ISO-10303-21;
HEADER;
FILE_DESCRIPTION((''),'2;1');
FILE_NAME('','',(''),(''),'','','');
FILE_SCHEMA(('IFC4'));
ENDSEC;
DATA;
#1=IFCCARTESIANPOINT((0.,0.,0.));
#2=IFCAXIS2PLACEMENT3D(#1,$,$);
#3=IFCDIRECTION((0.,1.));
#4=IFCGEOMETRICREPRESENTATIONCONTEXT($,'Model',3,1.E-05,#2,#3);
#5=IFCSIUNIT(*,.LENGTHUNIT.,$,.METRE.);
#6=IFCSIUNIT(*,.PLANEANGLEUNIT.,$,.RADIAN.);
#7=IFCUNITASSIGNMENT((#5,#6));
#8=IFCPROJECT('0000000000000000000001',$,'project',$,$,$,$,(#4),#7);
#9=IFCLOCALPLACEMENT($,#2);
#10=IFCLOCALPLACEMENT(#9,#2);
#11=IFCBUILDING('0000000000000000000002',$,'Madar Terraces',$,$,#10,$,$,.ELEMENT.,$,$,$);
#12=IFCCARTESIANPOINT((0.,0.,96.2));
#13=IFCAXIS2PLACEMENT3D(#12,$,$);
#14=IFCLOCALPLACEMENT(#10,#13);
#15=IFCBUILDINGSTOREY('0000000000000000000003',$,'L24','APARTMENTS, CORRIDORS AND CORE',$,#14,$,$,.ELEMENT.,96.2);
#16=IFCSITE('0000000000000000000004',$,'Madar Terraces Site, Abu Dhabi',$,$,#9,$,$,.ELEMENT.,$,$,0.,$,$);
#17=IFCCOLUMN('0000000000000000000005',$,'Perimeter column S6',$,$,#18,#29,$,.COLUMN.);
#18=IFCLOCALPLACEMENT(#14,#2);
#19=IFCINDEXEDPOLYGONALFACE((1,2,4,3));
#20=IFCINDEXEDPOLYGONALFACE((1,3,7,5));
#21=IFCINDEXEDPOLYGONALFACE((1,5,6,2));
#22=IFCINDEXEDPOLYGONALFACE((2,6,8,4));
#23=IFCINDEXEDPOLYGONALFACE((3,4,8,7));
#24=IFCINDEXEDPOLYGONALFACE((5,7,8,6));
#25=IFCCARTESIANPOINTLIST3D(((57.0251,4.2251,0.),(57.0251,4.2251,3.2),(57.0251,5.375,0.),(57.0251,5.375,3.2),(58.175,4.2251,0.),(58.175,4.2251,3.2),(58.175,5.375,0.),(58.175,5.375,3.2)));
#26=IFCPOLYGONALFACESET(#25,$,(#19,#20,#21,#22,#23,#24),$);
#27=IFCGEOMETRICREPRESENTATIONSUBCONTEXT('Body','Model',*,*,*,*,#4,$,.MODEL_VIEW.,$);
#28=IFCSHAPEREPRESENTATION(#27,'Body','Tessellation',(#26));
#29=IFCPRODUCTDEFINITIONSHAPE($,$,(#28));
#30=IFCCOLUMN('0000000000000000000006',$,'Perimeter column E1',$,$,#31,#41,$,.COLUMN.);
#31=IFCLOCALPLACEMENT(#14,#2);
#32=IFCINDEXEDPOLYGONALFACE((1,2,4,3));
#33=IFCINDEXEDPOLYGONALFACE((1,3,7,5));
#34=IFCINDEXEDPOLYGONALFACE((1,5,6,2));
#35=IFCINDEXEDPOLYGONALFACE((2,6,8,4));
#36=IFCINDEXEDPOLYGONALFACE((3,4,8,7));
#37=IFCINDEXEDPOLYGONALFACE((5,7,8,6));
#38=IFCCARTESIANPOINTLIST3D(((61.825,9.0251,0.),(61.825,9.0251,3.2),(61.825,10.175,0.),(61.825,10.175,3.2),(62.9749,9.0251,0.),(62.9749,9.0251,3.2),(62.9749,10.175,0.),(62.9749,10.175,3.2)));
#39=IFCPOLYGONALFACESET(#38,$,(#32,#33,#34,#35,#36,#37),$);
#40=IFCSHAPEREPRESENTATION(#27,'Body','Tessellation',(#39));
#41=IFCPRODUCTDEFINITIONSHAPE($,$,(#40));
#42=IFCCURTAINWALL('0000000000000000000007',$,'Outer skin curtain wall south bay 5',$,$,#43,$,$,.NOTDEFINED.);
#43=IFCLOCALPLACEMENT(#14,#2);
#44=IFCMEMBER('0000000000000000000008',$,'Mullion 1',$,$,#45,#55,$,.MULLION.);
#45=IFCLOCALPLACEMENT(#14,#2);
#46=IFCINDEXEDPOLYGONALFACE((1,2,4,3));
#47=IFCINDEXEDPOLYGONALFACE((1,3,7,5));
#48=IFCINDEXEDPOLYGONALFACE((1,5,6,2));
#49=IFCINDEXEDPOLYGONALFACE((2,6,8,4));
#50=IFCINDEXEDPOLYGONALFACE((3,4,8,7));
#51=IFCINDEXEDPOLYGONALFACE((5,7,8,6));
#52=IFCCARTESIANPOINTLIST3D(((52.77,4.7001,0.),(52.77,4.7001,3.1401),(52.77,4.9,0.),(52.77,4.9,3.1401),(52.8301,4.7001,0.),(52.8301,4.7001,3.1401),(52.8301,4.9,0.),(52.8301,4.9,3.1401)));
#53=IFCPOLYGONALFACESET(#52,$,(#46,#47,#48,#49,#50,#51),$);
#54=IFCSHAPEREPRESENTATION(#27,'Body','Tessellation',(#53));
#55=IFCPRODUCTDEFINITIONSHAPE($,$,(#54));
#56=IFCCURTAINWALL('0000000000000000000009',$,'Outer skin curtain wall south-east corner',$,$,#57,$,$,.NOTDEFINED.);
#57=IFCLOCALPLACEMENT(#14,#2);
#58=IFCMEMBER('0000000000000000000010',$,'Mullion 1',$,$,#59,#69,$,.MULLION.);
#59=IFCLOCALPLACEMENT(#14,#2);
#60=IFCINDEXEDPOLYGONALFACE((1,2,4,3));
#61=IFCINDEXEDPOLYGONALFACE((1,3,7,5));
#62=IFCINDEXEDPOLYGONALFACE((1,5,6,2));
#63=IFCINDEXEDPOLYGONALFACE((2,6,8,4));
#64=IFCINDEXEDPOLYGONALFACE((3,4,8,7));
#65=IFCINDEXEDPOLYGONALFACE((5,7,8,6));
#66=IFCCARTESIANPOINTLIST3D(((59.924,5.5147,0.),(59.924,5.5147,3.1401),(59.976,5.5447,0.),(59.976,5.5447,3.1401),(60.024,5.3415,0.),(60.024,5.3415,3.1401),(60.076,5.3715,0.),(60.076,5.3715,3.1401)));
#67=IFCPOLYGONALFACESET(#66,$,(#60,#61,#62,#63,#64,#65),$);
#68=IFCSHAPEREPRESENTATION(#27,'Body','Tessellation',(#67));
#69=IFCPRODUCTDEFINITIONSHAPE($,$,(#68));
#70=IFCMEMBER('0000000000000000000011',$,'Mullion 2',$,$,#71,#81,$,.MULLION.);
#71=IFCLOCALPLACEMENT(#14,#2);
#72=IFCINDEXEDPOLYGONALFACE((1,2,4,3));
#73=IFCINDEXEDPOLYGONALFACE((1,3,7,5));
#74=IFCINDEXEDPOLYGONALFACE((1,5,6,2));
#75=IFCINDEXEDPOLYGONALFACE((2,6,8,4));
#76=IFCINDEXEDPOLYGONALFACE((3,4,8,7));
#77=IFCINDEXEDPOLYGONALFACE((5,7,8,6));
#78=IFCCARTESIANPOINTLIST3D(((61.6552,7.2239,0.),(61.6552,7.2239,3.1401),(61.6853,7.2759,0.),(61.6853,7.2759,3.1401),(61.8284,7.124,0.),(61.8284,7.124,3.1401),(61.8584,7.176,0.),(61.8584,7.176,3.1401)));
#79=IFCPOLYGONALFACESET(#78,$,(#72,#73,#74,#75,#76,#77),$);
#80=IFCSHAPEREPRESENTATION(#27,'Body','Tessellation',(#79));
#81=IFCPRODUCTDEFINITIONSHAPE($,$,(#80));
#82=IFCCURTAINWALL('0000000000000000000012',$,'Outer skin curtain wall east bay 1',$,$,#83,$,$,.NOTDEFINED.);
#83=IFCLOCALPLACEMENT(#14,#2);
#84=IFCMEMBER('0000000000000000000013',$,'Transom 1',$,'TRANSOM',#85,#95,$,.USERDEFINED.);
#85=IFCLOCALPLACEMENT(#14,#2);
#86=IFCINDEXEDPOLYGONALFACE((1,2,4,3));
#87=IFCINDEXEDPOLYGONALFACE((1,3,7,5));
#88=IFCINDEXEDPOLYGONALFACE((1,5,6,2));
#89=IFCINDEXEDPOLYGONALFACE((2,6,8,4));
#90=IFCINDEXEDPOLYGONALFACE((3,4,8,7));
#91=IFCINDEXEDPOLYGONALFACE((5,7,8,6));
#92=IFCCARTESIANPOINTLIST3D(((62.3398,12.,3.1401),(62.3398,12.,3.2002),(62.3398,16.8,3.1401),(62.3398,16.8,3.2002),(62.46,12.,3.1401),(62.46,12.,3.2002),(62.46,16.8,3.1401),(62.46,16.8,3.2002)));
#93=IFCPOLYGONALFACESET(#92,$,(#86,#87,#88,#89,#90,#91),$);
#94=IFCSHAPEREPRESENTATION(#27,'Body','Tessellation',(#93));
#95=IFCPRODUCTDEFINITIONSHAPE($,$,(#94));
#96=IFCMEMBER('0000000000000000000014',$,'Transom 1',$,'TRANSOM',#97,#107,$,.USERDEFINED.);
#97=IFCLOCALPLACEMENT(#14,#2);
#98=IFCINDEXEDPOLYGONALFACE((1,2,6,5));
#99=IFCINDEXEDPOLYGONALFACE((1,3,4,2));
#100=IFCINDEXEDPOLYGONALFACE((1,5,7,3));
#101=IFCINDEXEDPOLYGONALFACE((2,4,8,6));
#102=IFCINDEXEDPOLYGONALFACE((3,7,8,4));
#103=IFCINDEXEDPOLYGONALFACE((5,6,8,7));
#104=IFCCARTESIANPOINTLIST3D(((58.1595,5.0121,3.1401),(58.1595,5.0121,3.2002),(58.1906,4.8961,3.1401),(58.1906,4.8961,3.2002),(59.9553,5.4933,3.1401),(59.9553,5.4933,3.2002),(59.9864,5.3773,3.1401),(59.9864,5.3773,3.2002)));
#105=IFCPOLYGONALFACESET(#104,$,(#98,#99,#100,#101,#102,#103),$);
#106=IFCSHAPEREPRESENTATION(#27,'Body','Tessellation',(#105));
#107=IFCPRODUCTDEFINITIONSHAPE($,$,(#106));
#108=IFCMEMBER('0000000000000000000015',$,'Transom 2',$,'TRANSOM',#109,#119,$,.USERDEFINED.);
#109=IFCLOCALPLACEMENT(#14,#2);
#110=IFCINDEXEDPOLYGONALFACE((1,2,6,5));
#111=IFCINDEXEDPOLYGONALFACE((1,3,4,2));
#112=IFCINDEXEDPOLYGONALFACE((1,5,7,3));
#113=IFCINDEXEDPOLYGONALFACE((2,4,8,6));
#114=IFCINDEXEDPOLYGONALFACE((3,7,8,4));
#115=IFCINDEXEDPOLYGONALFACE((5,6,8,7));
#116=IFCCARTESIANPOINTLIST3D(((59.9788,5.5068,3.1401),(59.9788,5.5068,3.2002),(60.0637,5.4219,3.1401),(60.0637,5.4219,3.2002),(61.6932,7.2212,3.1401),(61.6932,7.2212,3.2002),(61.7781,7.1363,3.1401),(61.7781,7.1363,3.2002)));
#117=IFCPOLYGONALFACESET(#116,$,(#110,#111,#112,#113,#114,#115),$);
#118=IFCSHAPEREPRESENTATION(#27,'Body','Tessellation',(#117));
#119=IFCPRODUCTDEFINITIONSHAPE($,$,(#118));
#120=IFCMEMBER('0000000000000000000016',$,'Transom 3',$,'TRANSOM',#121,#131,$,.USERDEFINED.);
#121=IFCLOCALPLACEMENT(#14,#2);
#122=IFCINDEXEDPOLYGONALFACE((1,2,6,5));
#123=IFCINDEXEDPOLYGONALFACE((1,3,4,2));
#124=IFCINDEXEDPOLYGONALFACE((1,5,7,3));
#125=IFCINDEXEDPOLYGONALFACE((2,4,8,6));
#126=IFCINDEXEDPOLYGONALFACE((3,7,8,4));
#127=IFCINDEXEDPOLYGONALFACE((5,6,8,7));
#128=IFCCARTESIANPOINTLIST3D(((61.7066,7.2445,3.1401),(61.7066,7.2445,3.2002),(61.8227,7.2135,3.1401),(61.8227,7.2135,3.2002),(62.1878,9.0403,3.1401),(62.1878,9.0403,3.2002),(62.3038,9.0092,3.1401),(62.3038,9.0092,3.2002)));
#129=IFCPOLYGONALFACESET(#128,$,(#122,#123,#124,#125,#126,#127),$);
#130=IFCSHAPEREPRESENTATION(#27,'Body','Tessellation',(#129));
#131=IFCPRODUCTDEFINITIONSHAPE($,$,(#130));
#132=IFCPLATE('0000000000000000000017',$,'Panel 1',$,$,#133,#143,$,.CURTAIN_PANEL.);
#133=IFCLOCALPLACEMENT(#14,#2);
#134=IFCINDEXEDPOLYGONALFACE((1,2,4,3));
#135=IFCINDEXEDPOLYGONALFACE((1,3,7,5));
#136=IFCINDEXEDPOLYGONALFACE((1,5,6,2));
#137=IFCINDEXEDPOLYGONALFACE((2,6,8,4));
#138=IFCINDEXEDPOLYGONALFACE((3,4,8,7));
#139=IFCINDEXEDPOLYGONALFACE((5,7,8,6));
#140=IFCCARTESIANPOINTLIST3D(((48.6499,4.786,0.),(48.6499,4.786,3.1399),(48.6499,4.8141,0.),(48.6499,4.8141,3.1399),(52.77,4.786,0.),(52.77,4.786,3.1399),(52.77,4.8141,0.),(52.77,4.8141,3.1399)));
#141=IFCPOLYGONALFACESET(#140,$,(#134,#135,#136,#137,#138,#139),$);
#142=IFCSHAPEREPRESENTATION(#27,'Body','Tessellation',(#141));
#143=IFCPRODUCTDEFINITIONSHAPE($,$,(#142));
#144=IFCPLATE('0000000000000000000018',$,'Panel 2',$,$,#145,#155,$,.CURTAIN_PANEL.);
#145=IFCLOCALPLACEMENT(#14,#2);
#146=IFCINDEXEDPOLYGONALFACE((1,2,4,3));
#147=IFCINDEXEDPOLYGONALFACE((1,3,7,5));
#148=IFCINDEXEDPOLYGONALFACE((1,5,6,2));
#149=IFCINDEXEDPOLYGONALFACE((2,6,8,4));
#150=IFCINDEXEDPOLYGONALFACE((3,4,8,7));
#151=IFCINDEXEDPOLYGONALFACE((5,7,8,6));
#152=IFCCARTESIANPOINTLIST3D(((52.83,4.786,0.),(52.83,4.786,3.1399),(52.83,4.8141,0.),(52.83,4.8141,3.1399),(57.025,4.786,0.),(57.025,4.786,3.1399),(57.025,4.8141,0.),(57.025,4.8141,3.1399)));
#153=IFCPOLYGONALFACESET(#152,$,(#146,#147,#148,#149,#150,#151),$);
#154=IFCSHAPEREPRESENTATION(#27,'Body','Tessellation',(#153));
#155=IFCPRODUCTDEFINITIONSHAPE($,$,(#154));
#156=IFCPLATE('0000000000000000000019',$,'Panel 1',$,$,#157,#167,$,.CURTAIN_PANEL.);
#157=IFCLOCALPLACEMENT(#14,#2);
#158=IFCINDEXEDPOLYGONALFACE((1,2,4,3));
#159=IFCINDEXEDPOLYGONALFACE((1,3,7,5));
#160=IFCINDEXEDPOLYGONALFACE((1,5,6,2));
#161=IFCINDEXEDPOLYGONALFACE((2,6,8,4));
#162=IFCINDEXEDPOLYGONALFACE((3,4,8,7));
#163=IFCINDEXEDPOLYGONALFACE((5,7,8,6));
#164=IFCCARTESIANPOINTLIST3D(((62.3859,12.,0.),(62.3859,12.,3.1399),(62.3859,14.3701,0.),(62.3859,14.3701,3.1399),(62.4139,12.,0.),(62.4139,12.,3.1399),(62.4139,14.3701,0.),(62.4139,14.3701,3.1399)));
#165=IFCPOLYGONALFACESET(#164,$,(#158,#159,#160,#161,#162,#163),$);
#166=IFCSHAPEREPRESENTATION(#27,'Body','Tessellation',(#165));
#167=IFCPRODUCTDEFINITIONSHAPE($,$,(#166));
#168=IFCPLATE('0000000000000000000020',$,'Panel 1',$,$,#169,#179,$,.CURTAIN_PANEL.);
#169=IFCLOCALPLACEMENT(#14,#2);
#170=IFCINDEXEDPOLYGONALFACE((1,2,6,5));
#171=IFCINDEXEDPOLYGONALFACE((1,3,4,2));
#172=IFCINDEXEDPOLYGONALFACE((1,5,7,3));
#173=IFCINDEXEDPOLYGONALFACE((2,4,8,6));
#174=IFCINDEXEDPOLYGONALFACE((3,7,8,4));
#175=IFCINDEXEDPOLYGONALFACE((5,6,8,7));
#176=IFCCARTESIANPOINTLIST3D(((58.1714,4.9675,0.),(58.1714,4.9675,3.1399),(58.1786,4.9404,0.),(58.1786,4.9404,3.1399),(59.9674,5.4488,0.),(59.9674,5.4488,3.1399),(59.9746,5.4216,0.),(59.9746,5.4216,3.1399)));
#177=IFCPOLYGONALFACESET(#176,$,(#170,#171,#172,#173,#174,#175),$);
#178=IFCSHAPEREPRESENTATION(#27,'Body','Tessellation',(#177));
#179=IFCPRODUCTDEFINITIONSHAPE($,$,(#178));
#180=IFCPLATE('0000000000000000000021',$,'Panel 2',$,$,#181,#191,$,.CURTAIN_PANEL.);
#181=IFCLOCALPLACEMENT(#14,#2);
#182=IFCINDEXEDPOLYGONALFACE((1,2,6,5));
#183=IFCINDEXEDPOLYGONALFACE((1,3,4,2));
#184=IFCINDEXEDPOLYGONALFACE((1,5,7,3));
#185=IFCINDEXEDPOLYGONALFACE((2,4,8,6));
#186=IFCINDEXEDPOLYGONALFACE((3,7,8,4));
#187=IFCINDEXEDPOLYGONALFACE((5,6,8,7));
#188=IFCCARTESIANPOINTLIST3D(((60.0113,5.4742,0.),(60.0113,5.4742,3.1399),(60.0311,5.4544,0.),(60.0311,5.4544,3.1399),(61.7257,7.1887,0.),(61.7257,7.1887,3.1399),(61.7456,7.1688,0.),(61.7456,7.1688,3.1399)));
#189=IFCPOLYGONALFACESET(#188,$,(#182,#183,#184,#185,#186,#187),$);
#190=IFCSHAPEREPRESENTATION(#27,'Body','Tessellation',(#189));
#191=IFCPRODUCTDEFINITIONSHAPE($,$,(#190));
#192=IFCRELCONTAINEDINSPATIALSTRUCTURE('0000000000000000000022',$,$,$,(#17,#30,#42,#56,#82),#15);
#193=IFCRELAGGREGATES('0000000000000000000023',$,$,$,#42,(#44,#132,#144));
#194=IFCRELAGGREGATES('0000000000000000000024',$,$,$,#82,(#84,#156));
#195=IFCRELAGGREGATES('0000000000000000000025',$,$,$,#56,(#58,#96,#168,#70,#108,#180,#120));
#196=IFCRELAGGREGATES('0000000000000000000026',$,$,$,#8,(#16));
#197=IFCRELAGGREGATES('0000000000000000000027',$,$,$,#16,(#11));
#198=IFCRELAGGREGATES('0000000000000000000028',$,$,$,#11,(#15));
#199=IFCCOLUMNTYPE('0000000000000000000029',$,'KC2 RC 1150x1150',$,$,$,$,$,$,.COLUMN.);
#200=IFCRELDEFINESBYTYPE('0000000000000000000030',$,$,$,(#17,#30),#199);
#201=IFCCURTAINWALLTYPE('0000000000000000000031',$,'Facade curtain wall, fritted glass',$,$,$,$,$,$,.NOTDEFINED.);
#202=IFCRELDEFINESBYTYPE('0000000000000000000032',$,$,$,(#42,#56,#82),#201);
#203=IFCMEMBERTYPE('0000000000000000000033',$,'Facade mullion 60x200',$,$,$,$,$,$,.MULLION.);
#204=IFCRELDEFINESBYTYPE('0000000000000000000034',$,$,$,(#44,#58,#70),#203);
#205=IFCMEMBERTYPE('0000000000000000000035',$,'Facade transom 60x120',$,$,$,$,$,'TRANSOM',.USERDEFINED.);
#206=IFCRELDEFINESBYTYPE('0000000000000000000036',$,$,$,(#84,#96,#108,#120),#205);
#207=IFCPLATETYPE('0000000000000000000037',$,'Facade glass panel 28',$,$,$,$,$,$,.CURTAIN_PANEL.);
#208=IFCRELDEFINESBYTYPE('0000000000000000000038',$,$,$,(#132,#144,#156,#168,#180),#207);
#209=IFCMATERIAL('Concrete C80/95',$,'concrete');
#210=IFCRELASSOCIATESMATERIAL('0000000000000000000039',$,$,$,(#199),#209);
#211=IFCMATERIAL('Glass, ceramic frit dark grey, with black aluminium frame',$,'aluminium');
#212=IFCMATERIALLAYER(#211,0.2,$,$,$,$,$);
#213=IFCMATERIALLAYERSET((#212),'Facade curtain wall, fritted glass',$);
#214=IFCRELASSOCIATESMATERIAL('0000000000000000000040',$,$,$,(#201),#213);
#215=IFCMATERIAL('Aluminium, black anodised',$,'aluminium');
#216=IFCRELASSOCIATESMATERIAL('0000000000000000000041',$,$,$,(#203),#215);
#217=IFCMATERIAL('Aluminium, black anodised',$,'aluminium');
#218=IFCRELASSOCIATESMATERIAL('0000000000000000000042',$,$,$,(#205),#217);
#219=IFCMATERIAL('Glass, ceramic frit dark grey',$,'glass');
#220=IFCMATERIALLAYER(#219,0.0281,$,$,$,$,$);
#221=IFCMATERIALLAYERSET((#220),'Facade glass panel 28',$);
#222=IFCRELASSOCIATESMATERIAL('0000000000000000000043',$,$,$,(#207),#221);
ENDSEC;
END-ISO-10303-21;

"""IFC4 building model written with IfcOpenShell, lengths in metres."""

from ifc_helpers import new_model, si_unit, direction, frame, origin, origin_2d, place, context, subcontext, project, spatial, rectangle, extrude, material, layer, layer_set, material_profile, profile_set, type_object, element, aggregate, save


model = new_model("IFC4")

# Units and contexts
model_context = context("Model", 3, precision=1e-05, world=origin(), true_north=direction((0.0, 1.0)))
body_context = subcontext(model_context, "Body", "Model", "MODEL_VIEW")
ifc_project = project(units=[si_unit("LENGTHUNIT", "METRE"), si_unit("PLANEANGLEUNIT", "RADIAN")], contexts=[model_context])

# Site, building, storey
site_placement = place(None, origin())
site = spatial("IfcSite", under=ifc_project, at=site_placement, Name="Madar Terraces Site, Abu Dhabi", CompositionType="ELEMENT", RefElevation=0.0)
building_placement = place(site_placement, origin())
building = spatial("IfcBuilding", under=site, at=building_placement, Name="Madar Terraces", CompositionType="ELEMENT")
storey_placement = place(building_placement, frame((0.0, 0.0, 96.2)))
storey = spatial("IfcBuildingStorey", under=building, at=storey_placement, Name="L24", Description="APARTMENTS, CORRIDORS AND CORE", CompositionType="ELEMENT", Elevation=96.2)

# Columns
ifc_material_1 = material(Name="Concrete C80/95", Category="concrete")
ifc_material_profile_1 = material_profile(ifc_material_1, rectangle(XDim=1.1499, YDim=1.1499, at=origin_2d()), Name="KC2 RC 1150x1150")
ifc_profile_set_1 = profile_set([ifc_material_profile_1], Name="Concrete C80/95")
column_type = type_object("IfcColumnType", Name="KC2 RC 1150x1150", PredefinedType="COLUMN", material=ifc_profile_set_1)
for number, where, z_axis, x_axis, name in (
    (1, (57.6001, 4.8, 0.0), (0.0, 0.0, 1.0), (1.0, 0.0, 0.0), "Perimeter column S6"),
    (2, (62.3999, 9.6001, 0.0), (0.0, 0.0, 1.0), (1.0, 0.0, 0.0), "Perimeter column E1"),
):
    element("IfcColumn", number, at=place(storey_placement, frame(where, z_axis=z_axis, x_axis=x_axis)), inside=storey, type_object=column_type, Name=name, PredefinedType="COLUMN", context=body_context, shape_type="SweptSolid", body=[
        extrude(rectangle(XDim=1.1499, YDim=1.1499, at=origin_2d()), origin(), (0.0, 0.0, 1.0), 3.2),
    ])

# Curtain wall, member
ifc_material_2 = material(Name="Glass, ceramic frit dark grey, with black aluminium frame", Category="aluminium")
ifc_layer_1 = layer(ifc_material_2, 0.2)
ifc_layer_set_1 = layer_set([ifc_layer_1], Name="Facade curtain wall, fritted glass")
curtain_wall_type = type_object("IfcCurtainWallType", Name="Facade curtain wall, fritted glass", PredefinedType="NOTDEFINED", material=ifc_layer_set_1)
curtain_wall_1_placement = place(storey_placement, origin())
curtain_wall_1 = element("IfcCurtainWall", 3, at=curtain_wall_1_placement, inside=storey, type_object=curtain_wall_type, Name="Outer skin curtain wall south bay 5", PredefinedType="NOTDEFINED")
ifc_material_3 = material(Name="Aluminium, black anodised", Category="aluminium")
ifc_material_profile_2 = material_profile(ifc_material_3, rectangle(XDim=0.2, YDim=0.0601, at=origin_2d()), Name="Facade mullion 60x200")
ifc_profile_set_2 = profile_set([ifc_material_profile_2], Name="Aluminium, black anodised")
member_type_1 = type_object("IfcMemberType", Name="Facade mullion 60x200", PredefinedType="MULLION", material=ifc_profile_set_2)
member_1_placement = place(storey_placement, frame((52.8, 4.8, 0.0), z_axis=(0.0, 0.0, 1.0), x_axis=(0.0, 1.0, 0.0)))
member_1 = element("IfcMember", 4, at=member_1_placement, type_object=member_type_1, Name="Mullion 1", PredefinedType="MULLION", context=body_context, shape_type="SweptSolid", body=[
    extrude(rectangle(XDim=0.2, YDim=0.0601, at=origin_2d()), origin(), (0.0, 0.0, 1.0), 3.1401),
])

# Curtain wall, members
curtain_wall_2_placement = place(storey_placement, origin())
curtain_wall_2 = element("IfcCurtainWall", 5, at=curtain_wall_2_placement, inside=storey, type_object=curtain_wall_type, Name="Outer skin curtain wall south-east corner", PredefinedType="NOTDEFINED")
member_2_placement = place(storey_placement, frame((60.0, 5.4431, 0.0), z_axis=(0.0, 0.0, 1.0), x_axis=(-0.5, 0.866025, 0.0)))
member_2 = element("IfcMember", 6, at=member_2_placement, type_object=member_type_1, Name="Mullion 1", PredefinedType="MULLION", context=body_context, shape_type="SweptSolid", body=[
    extrude(rectangle(XDim=0.2, YDim=0.0601, at=origin_2d()), origin(), (0.0, 0.0, 1.0), 3.1401),
])
member_3_placement = place(storey_placement, frame((61.7568, 7.2, 0.0), z_axis=(0.0, 0.0, 1.0), x_axis=(-0.866025, 0.5, 0.0)))
member_3 = element("IfcMember", 7, at=member_3_placement, type_object=member_type_1, Name="Mullion 2", PredefinedType="MULLION", context=body_context, shape_type="SweptSolid", body=[
    extrude(rectangle(XDim=0.2, YDim=0.0601, at=origin_2d()), origin(), (0.0, 0.0, 1.0), 3.1401),
])

# Curtain wall, member
curtain_wall_3_placement = place(storey_placement, origin())
curtain_wall_3 = element("IfcCurtainWall", 8, at=curtain_wall_3_placement, inside=storey, type_object=curtain_wall_type, Name="Outer skin curtain wall east bay 1", PredefinedType="NOTDEFINED")
ifc_material_4 = material(Name="Aluminium, black anodised", Category="aluminium")
ifc_material_profile_3 = material_profile(ifc_material_4, rectangle(XDim=0.1201, YDim=0.0601, at=origin_2d()), Name="Facade transom 60x120")
ifc_profile_set_3 = profile_set([ifc_material_profile_3], Name="Aluminium, black anodised")
member_type_2 = type_object("IfcMemberType", Name="Facade transom 60x120", ElementType="TRANSOM", PredefinedType="USERDEFINED", material=ifc_profile_set_3)
member_4_placement = place(storey_placement, frame((62.3999, 12.0, 3.1702), z_axis=(0.0, 1.0, 0.0), x_axis=(-1.0, 0.0, 0.0)))
member_4 = element("IfcMember", 9, at=member_4_placement, type_object=member_type_2, Name="Transom 1", ObjectType="TRANSOM", PredefinedType="USERDEFINED", context=body_context, shape_type="SweptSolid", body=[
    extrude(rectangle(XDim=0.1201, YDim=0.0601, at=origin_2d()), origin(), (0.0, 0.0, 1.0), 4.8),
])

# Members
member_5_placement = place(storey_placement, frame((58.175, 4.9541, 3.1702), z_axis=(0.965927, 0.258815, 0.0), x_axis=(-0.258815, 0.965927, 0.0)))
member_5 = element("IfcMember", 10, at=member_5_placement, type_object=member_type_2, Name="Transom 1", ObjectType="TRANSOM", PredefinedType="USERDEFINED", context=body_context, shape_type="SweptSolid", body=[
    extrude(rectangle(XDim=0.1201, YDim=0.0601, at=origin_2d()), origin(), (0.0, 0.0, 1.0), 1.8591),
])
member_6_placement = place(storey_placement, frame((60.0212, 5.4644, 3.1702), z_axis=(0.707107, 0.707107, 0.0), x_axis=(-0.707107, 0.707107, 0.0)))
member_6 = element("IfcMember", 11, at=member_6_placement, type_object=member_type_2, Name="Transom 2", ObjectType="TRANSOM", PredefinedType="USERDEFINED", context=body_context, shape_type="SweptSolid", body=[
    extrude(rectangle(XDim=0.1201, YDim=0.0601, at=origin_2d()), origin(), (0.0, 0.0, 1.0), 2.4246),
])
member_7_placement = place(storey_placement, frame((61.7646, 7.229, 3.1702), z_axis=(0.258815, 0.965927, 0.0), x_axis=(-0.965927, 0.258815, 0.0)))
member_7 = element("IfcMember", 12, at=member_7_placement, type_object=member_type_2, Name="Transom 3", ObjectType="TRANSOM", PredefinedType="USERDEFINED", context=body_context, shape_type="SweptSolid", body=[
    extrude(rectangle(XDim=0.1201, YDim=0.0601, at=origin_2d()), origin(), (0.0, 0.0, 1.0), 1.8591),
])

# Plates
ifc_material_5 = material(Name="Glass, ceramic frit dark grey", Category="glass")
ifc_layer_2 = layer(ifc_material_5, 0.0281)
ifc_layer_set_2 = layer_set([ifc_layer_2], Name="Facade glass panel 28")
plate_type = type_object("IfcPlateType", Name="Facade glass panel 28", PredefinedType="CURTAIN_PANEL", material=ifc_layer_set_2)
plate_1_placement = place(storey_placement, frame((50.71, 4.8, 0.0), z_axis=(0.0, 0.0, 1.0), x_axis=(1.0, 0.0, 0.0)))
plate_1 = element("IfcPlate", 13, at=plate_1_placement, type_object=plate_type, Name="Panel 1", PredefinedType="CURTAIN_PANEL", context=body_context, shape_type="SweptSolid", body=[
    extrude(rectangle(XDim=4.1201, YDim=0.0281, at=origin_2d()), origin(), (0.0, 0.0, 1.0), 3.1399),
])
plate_2_placement = place(storey_placement, frame((54.9275, 4.8, 0.0), z_axis=(0.0, 0.0, 1.0), x_axis=(1.0, 0.0, 0.0)))
plate_2 = element("IfcPlate", 14, at=plate_2_placement, type_object=plate_type, Name="Panel 2", PredefinedType="CURTAIN_PANEL", context=body_context, shape_type="SweptSolid", body=[
    extrude(rectangle(XDim=4.1951, YDim=0.0281, at=origin_2d()), origin(), (0.0, 0.0, 1.0), 3.1399),
])
aggregate(curtain_wall_1, [member_1, plate_1, plate_2])
plate_3_placement = place(storey_placement, frame((62.3999, 13.1851, 0.0), z_axis=(0.0, 0.0, 1.0), x_axis=(0.0, 1.0, 0.0)))
plate_3 = element("IfcPlate", 15, at=plate_3_placement, type_object=plate_type, Name="Panel 1", PredefinedType="CURTAIN_PANEL", context=body_context, shape_type="SweptSolid", body=[
    extrude(rectangle(XDim=2.3701, YDim=0.0281, at=origin_2d()), origin(), (0.0, 0.0, 1.0), 3.1399),
])
aggregate(curtain_wall_3, [member_4, plate_3])
plate_4_placement = place(storey_placement, frame((59.073, 5.1946, 0.0), z_axis=(0.0, 0.0, 1.0), x_axis=(0.965926, 0.258819, 0.0)))
plate_4 = element("IfcPlate", 16, at=plate_4_placement, type_object=plate_type, Name="Panel 1", PredefinedType="CURTAIN_PANEL", context=body_context, shape_type="SweptSolid", body=[
    extrude(rectangle(XDim=1.8594, YDim=0.0281, at=origin_2d()), origin(), (0.0, 0.0, 1.0), 3.1399),
])
plate_5_placement = place(storey_placement, frame((60.8784, 6.3215, 0.0), z_axis=(0.0, 0.0, 1.0), x_axis=(0.707107, 0.707107, 0.0)))
plate_5 = element("IfcPlate", 17, at=plate_5_placement, type_object=plate_type, Name="Panel 2", PredefinedType="CURTAIN_PANEL", context=body_context, shape_type="SweptSolid", body=[
    extrude(rectangle(XDim=2.4246, YDim=0.0281, at=origin_2d()), origin(), (0.0, 0.0, 1.0), 3.1399),
])
aggregate(curtain_wall_2, [member_2, member_5, plate_4, member_3, member_6, plate_5, member_7])

save(model, "model.ifc")
